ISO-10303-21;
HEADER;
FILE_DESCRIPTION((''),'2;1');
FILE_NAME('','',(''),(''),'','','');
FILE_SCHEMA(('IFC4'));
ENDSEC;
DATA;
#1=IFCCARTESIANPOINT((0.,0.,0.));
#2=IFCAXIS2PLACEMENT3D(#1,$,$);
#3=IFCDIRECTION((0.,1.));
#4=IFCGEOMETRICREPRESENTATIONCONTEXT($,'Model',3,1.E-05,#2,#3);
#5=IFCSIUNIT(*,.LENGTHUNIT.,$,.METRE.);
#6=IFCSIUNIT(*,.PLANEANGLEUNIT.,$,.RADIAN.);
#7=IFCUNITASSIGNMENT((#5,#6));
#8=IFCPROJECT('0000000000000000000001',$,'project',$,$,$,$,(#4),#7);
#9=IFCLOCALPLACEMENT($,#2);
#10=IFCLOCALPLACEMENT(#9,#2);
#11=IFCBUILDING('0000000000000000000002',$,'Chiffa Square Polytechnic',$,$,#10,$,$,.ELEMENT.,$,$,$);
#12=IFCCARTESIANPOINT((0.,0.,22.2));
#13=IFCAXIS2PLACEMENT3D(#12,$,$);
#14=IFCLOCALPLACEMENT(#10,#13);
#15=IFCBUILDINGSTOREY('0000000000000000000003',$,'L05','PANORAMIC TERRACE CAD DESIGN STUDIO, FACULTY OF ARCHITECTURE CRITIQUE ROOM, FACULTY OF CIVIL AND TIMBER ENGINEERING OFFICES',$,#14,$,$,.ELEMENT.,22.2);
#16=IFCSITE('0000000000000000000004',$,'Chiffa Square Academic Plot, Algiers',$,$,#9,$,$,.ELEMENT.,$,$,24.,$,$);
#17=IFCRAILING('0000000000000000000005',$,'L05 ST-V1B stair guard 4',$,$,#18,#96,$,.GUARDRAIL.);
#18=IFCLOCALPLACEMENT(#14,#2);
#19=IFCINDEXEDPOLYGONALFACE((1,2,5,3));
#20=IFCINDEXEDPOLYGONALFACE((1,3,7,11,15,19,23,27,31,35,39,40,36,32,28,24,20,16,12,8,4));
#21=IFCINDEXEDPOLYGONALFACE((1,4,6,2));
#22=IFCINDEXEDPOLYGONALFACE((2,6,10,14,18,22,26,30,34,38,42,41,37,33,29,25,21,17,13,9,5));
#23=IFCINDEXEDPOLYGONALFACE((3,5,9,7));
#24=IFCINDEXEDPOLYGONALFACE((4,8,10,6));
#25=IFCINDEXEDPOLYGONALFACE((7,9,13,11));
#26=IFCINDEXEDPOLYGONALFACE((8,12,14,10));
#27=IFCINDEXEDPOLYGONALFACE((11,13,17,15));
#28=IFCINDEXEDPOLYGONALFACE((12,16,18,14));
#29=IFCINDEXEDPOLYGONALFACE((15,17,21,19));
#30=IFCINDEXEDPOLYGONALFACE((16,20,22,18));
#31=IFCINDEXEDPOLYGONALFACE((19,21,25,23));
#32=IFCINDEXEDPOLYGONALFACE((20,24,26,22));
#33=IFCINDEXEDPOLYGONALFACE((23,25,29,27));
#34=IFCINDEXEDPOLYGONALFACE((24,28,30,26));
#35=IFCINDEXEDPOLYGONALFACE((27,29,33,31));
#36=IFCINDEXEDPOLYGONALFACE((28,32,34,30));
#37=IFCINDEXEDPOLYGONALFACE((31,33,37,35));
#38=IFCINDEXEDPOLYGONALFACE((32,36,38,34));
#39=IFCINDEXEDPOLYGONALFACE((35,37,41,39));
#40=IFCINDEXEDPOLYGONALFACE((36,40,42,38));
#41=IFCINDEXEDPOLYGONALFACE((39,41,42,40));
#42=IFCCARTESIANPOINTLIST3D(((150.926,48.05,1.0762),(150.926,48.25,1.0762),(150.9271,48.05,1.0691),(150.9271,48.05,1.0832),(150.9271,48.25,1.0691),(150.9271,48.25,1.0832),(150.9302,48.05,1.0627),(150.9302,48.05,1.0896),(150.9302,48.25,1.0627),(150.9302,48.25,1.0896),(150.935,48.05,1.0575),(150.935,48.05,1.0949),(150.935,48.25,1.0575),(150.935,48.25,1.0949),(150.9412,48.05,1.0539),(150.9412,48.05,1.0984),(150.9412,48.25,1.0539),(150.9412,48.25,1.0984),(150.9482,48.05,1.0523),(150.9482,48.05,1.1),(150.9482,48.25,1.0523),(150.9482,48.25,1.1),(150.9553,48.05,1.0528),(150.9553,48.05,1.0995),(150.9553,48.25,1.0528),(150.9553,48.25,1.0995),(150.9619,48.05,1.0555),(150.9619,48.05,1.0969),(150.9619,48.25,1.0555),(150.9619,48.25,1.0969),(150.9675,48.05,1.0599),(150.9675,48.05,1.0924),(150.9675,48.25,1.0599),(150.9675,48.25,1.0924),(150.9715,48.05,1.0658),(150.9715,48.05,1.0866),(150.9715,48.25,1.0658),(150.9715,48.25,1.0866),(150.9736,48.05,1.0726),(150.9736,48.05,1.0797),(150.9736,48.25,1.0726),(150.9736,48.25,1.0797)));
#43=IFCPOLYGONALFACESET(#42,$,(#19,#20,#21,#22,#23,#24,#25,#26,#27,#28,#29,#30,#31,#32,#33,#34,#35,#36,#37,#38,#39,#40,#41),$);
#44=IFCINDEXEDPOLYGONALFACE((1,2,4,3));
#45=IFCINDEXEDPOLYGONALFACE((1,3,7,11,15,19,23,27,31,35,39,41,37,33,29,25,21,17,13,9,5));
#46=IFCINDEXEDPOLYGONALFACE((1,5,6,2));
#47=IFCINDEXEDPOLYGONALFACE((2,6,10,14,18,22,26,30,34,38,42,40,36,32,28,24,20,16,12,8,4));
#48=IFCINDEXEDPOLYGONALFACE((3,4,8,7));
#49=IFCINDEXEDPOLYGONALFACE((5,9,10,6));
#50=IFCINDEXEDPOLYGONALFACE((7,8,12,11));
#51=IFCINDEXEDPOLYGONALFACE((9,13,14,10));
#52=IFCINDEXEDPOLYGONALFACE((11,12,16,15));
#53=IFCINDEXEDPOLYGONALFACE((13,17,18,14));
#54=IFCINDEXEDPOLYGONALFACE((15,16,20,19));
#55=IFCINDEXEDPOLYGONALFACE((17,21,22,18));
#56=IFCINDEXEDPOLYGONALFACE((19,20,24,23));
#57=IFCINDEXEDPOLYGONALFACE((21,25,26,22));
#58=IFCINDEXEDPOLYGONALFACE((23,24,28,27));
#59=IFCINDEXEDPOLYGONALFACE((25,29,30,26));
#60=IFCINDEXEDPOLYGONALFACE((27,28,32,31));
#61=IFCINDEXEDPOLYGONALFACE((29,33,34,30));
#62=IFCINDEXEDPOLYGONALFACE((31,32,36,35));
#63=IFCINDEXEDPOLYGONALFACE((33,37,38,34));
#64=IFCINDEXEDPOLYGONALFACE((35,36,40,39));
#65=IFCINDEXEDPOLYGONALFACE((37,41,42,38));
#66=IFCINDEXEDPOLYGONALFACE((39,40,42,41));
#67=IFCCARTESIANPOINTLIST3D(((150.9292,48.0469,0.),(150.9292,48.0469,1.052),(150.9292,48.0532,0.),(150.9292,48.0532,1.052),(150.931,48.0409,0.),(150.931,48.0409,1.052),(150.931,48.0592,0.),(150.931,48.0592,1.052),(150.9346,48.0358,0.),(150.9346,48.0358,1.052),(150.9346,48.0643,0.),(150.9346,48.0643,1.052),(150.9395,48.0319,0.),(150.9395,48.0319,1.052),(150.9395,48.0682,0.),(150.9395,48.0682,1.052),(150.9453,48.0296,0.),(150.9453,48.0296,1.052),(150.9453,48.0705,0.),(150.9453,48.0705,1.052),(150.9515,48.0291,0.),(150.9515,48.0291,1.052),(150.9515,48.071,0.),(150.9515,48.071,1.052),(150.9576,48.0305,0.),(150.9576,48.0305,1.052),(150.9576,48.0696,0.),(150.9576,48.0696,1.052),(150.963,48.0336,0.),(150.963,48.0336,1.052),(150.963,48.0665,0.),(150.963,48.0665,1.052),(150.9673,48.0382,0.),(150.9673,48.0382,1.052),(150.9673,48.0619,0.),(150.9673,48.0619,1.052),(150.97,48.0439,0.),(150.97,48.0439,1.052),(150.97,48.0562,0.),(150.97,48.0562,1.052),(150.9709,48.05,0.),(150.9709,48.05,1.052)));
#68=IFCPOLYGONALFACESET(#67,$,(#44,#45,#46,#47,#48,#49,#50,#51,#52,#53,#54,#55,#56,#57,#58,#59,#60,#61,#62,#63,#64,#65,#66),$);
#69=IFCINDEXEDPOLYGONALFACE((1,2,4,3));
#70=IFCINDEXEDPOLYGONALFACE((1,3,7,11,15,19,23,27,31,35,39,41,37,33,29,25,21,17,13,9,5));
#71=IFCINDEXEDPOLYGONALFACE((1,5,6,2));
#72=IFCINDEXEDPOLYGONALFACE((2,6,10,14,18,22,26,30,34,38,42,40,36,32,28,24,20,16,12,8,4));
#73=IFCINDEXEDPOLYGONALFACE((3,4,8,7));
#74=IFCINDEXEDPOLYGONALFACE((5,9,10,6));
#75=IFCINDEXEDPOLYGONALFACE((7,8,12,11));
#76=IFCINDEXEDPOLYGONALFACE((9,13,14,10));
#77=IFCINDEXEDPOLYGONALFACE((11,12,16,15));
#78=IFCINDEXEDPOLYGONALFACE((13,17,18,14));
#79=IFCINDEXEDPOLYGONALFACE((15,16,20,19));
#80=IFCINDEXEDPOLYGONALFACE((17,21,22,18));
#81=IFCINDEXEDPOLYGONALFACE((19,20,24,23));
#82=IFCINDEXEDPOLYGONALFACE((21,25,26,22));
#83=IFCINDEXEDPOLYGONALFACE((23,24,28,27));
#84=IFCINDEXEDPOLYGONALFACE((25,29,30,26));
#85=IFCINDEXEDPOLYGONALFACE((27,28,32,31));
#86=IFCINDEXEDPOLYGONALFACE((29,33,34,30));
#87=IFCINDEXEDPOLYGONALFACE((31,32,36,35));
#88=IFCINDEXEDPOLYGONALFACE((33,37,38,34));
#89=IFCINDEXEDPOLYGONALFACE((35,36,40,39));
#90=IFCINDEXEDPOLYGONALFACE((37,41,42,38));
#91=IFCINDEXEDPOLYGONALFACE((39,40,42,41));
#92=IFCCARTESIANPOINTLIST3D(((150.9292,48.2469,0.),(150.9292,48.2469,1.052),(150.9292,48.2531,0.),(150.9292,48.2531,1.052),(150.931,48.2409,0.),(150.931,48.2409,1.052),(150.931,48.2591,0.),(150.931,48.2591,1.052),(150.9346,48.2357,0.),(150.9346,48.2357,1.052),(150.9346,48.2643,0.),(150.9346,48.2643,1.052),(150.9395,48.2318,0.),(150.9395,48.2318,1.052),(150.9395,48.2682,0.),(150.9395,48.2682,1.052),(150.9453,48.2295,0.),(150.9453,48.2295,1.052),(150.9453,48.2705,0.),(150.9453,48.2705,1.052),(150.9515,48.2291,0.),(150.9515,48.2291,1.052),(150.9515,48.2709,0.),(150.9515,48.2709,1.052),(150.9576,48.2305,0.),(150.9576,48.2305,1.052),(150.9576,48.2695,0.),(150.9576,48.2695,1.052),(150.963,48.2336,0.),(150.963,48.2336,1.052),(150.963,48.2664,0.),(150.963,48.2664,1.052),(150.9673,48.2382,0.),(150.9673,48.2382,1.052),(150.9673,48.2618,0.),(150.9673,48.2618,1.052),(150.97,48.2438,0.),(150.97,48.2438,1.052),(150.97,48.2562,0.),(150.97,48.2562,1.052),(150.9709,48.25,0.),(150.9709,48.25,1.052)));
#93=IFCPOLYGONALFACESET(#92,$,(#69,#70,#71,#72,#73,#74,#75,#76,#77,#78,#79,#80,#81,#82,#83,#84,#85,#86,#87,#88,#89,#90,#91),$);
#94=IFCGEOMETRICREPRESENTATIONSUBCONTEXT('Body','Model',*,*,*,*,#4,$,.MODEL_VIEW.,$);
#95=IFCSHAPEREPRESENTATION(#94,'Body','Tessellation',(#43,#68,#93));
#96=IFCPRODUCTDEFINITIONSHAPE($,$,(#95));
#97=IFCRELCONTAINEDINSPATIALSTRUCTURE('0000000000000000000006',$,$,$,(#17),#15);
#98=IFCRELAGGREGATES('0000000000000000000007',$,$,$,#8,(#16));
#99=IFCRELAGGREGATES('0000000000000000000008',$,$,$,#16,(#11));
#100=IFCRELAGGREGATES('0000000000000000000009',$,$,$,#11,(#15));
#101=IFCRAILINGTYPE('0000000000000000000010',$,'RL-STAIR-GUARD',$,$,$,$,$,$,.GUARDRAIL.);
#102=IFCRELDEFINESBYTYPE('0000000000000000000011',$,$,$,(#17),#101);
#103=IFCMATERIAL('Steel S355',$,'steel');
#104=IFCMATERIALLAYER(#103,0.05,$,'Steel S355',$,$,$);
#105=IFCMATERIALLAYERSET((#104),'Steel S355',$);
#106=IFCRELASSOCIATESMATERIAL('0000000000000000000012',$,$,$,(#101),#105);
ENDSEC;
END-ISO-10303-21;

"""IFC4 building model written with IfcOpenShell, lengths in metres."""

from ifc_helpers import new_model, si_unit, direction, frame, origin, origin_2d, place, context, subcontext, project, spatial, circle, extrude, material, layer, layer_set, type_object, element, save


model = new_model("IFC4")

# Units and contexts
model_context = context("Model", 3, precision=1e-05, world=origin(), true_north=direction((0.0, 1.0)))
body_context = subcontext(model_context, "Body", "Model", "MODEL_VIEW")
ifc_project = project(units=[si_unit("LENGTHUNIT", "METRE"), si_unit("PLANEANGLEUNIT", "RADIAN")], contexts=[model_context])

# Site, building, storey
site_placement = place(None, origin())
site = spatial("IfcSite", under=ifc_project, at=site_placement, Name="Chiffa Square Academic Plot, Algiers", CompositionType="ELEMENT", RefElevation=24.0)
building_placement = place(site_placement, origin())
building = spatial("IfcBuilding", under=site, at=building_placement, Name="Chiffa Square Polytechnic", CompositionType="ELEMENT")
storey_placement = place(building_placement, frame((0.0, 0.0, 22.2)))
storey = spatial("IfcBuildingStorey", under=building, at=storey_placement, Name="L05", Description="PANORAMIC TERRACE CAD DESIGN STUDIO, FACULTY OF ARCHITECTURE CRITIQUE ROOM, FACULTY OF CIVIL AND TIMBER ENGINEERING OFFICES", CompositionType="ELEMENT", Elevation=22.2)

# Railing
ifc_material_1 = material(Name="Steel S355", Category="steel")
ifc_layer_1 = layer(ifc_material_1, 0.05, Name="Steel S355")
ifc_layer_set_1 = layer_set([ifc_layer_1], Name="Steel S355")
railing_type_1 = type_object("IfcRailingType", Name="RL-STAIR-GUARD", PredefinedType="GUARDRAIL", material=ifc_layer_set_1)
railing_1_placement = place(storey_placement, frame((150.95, 48.05, 0.0)))
element("IfcRailing", 1, at=railing_1_placement, inside=storey, type_object=railing_type_1, Name="L05 ST-V1B stair guard 4", PredefinedType="GUARDRAIL", context=body_context, shape_type="SweptSolid", body=[
    extrude(circle(Radius=0.0239, at=origin_2d()), frame((0.0, 0.0, 1.0762), z_axis=(0.0, 1.0, 0.0), x_axis=(-1.0, 0.0, 0.0)), (0.0, 0.0, 1.0), 0.2),
    extrude(circle(Radius=0.021, at=origin_2d()), origin(), (0.0, 0.0, 1.0), 1.052),
    extrude(circle(Radius=0.021, at=origin_2d()), frame((0.0, 0.2, 0.0)), (0.0, 0.0, 1.0), 1.052),
])

save(model, "model.ifc")
